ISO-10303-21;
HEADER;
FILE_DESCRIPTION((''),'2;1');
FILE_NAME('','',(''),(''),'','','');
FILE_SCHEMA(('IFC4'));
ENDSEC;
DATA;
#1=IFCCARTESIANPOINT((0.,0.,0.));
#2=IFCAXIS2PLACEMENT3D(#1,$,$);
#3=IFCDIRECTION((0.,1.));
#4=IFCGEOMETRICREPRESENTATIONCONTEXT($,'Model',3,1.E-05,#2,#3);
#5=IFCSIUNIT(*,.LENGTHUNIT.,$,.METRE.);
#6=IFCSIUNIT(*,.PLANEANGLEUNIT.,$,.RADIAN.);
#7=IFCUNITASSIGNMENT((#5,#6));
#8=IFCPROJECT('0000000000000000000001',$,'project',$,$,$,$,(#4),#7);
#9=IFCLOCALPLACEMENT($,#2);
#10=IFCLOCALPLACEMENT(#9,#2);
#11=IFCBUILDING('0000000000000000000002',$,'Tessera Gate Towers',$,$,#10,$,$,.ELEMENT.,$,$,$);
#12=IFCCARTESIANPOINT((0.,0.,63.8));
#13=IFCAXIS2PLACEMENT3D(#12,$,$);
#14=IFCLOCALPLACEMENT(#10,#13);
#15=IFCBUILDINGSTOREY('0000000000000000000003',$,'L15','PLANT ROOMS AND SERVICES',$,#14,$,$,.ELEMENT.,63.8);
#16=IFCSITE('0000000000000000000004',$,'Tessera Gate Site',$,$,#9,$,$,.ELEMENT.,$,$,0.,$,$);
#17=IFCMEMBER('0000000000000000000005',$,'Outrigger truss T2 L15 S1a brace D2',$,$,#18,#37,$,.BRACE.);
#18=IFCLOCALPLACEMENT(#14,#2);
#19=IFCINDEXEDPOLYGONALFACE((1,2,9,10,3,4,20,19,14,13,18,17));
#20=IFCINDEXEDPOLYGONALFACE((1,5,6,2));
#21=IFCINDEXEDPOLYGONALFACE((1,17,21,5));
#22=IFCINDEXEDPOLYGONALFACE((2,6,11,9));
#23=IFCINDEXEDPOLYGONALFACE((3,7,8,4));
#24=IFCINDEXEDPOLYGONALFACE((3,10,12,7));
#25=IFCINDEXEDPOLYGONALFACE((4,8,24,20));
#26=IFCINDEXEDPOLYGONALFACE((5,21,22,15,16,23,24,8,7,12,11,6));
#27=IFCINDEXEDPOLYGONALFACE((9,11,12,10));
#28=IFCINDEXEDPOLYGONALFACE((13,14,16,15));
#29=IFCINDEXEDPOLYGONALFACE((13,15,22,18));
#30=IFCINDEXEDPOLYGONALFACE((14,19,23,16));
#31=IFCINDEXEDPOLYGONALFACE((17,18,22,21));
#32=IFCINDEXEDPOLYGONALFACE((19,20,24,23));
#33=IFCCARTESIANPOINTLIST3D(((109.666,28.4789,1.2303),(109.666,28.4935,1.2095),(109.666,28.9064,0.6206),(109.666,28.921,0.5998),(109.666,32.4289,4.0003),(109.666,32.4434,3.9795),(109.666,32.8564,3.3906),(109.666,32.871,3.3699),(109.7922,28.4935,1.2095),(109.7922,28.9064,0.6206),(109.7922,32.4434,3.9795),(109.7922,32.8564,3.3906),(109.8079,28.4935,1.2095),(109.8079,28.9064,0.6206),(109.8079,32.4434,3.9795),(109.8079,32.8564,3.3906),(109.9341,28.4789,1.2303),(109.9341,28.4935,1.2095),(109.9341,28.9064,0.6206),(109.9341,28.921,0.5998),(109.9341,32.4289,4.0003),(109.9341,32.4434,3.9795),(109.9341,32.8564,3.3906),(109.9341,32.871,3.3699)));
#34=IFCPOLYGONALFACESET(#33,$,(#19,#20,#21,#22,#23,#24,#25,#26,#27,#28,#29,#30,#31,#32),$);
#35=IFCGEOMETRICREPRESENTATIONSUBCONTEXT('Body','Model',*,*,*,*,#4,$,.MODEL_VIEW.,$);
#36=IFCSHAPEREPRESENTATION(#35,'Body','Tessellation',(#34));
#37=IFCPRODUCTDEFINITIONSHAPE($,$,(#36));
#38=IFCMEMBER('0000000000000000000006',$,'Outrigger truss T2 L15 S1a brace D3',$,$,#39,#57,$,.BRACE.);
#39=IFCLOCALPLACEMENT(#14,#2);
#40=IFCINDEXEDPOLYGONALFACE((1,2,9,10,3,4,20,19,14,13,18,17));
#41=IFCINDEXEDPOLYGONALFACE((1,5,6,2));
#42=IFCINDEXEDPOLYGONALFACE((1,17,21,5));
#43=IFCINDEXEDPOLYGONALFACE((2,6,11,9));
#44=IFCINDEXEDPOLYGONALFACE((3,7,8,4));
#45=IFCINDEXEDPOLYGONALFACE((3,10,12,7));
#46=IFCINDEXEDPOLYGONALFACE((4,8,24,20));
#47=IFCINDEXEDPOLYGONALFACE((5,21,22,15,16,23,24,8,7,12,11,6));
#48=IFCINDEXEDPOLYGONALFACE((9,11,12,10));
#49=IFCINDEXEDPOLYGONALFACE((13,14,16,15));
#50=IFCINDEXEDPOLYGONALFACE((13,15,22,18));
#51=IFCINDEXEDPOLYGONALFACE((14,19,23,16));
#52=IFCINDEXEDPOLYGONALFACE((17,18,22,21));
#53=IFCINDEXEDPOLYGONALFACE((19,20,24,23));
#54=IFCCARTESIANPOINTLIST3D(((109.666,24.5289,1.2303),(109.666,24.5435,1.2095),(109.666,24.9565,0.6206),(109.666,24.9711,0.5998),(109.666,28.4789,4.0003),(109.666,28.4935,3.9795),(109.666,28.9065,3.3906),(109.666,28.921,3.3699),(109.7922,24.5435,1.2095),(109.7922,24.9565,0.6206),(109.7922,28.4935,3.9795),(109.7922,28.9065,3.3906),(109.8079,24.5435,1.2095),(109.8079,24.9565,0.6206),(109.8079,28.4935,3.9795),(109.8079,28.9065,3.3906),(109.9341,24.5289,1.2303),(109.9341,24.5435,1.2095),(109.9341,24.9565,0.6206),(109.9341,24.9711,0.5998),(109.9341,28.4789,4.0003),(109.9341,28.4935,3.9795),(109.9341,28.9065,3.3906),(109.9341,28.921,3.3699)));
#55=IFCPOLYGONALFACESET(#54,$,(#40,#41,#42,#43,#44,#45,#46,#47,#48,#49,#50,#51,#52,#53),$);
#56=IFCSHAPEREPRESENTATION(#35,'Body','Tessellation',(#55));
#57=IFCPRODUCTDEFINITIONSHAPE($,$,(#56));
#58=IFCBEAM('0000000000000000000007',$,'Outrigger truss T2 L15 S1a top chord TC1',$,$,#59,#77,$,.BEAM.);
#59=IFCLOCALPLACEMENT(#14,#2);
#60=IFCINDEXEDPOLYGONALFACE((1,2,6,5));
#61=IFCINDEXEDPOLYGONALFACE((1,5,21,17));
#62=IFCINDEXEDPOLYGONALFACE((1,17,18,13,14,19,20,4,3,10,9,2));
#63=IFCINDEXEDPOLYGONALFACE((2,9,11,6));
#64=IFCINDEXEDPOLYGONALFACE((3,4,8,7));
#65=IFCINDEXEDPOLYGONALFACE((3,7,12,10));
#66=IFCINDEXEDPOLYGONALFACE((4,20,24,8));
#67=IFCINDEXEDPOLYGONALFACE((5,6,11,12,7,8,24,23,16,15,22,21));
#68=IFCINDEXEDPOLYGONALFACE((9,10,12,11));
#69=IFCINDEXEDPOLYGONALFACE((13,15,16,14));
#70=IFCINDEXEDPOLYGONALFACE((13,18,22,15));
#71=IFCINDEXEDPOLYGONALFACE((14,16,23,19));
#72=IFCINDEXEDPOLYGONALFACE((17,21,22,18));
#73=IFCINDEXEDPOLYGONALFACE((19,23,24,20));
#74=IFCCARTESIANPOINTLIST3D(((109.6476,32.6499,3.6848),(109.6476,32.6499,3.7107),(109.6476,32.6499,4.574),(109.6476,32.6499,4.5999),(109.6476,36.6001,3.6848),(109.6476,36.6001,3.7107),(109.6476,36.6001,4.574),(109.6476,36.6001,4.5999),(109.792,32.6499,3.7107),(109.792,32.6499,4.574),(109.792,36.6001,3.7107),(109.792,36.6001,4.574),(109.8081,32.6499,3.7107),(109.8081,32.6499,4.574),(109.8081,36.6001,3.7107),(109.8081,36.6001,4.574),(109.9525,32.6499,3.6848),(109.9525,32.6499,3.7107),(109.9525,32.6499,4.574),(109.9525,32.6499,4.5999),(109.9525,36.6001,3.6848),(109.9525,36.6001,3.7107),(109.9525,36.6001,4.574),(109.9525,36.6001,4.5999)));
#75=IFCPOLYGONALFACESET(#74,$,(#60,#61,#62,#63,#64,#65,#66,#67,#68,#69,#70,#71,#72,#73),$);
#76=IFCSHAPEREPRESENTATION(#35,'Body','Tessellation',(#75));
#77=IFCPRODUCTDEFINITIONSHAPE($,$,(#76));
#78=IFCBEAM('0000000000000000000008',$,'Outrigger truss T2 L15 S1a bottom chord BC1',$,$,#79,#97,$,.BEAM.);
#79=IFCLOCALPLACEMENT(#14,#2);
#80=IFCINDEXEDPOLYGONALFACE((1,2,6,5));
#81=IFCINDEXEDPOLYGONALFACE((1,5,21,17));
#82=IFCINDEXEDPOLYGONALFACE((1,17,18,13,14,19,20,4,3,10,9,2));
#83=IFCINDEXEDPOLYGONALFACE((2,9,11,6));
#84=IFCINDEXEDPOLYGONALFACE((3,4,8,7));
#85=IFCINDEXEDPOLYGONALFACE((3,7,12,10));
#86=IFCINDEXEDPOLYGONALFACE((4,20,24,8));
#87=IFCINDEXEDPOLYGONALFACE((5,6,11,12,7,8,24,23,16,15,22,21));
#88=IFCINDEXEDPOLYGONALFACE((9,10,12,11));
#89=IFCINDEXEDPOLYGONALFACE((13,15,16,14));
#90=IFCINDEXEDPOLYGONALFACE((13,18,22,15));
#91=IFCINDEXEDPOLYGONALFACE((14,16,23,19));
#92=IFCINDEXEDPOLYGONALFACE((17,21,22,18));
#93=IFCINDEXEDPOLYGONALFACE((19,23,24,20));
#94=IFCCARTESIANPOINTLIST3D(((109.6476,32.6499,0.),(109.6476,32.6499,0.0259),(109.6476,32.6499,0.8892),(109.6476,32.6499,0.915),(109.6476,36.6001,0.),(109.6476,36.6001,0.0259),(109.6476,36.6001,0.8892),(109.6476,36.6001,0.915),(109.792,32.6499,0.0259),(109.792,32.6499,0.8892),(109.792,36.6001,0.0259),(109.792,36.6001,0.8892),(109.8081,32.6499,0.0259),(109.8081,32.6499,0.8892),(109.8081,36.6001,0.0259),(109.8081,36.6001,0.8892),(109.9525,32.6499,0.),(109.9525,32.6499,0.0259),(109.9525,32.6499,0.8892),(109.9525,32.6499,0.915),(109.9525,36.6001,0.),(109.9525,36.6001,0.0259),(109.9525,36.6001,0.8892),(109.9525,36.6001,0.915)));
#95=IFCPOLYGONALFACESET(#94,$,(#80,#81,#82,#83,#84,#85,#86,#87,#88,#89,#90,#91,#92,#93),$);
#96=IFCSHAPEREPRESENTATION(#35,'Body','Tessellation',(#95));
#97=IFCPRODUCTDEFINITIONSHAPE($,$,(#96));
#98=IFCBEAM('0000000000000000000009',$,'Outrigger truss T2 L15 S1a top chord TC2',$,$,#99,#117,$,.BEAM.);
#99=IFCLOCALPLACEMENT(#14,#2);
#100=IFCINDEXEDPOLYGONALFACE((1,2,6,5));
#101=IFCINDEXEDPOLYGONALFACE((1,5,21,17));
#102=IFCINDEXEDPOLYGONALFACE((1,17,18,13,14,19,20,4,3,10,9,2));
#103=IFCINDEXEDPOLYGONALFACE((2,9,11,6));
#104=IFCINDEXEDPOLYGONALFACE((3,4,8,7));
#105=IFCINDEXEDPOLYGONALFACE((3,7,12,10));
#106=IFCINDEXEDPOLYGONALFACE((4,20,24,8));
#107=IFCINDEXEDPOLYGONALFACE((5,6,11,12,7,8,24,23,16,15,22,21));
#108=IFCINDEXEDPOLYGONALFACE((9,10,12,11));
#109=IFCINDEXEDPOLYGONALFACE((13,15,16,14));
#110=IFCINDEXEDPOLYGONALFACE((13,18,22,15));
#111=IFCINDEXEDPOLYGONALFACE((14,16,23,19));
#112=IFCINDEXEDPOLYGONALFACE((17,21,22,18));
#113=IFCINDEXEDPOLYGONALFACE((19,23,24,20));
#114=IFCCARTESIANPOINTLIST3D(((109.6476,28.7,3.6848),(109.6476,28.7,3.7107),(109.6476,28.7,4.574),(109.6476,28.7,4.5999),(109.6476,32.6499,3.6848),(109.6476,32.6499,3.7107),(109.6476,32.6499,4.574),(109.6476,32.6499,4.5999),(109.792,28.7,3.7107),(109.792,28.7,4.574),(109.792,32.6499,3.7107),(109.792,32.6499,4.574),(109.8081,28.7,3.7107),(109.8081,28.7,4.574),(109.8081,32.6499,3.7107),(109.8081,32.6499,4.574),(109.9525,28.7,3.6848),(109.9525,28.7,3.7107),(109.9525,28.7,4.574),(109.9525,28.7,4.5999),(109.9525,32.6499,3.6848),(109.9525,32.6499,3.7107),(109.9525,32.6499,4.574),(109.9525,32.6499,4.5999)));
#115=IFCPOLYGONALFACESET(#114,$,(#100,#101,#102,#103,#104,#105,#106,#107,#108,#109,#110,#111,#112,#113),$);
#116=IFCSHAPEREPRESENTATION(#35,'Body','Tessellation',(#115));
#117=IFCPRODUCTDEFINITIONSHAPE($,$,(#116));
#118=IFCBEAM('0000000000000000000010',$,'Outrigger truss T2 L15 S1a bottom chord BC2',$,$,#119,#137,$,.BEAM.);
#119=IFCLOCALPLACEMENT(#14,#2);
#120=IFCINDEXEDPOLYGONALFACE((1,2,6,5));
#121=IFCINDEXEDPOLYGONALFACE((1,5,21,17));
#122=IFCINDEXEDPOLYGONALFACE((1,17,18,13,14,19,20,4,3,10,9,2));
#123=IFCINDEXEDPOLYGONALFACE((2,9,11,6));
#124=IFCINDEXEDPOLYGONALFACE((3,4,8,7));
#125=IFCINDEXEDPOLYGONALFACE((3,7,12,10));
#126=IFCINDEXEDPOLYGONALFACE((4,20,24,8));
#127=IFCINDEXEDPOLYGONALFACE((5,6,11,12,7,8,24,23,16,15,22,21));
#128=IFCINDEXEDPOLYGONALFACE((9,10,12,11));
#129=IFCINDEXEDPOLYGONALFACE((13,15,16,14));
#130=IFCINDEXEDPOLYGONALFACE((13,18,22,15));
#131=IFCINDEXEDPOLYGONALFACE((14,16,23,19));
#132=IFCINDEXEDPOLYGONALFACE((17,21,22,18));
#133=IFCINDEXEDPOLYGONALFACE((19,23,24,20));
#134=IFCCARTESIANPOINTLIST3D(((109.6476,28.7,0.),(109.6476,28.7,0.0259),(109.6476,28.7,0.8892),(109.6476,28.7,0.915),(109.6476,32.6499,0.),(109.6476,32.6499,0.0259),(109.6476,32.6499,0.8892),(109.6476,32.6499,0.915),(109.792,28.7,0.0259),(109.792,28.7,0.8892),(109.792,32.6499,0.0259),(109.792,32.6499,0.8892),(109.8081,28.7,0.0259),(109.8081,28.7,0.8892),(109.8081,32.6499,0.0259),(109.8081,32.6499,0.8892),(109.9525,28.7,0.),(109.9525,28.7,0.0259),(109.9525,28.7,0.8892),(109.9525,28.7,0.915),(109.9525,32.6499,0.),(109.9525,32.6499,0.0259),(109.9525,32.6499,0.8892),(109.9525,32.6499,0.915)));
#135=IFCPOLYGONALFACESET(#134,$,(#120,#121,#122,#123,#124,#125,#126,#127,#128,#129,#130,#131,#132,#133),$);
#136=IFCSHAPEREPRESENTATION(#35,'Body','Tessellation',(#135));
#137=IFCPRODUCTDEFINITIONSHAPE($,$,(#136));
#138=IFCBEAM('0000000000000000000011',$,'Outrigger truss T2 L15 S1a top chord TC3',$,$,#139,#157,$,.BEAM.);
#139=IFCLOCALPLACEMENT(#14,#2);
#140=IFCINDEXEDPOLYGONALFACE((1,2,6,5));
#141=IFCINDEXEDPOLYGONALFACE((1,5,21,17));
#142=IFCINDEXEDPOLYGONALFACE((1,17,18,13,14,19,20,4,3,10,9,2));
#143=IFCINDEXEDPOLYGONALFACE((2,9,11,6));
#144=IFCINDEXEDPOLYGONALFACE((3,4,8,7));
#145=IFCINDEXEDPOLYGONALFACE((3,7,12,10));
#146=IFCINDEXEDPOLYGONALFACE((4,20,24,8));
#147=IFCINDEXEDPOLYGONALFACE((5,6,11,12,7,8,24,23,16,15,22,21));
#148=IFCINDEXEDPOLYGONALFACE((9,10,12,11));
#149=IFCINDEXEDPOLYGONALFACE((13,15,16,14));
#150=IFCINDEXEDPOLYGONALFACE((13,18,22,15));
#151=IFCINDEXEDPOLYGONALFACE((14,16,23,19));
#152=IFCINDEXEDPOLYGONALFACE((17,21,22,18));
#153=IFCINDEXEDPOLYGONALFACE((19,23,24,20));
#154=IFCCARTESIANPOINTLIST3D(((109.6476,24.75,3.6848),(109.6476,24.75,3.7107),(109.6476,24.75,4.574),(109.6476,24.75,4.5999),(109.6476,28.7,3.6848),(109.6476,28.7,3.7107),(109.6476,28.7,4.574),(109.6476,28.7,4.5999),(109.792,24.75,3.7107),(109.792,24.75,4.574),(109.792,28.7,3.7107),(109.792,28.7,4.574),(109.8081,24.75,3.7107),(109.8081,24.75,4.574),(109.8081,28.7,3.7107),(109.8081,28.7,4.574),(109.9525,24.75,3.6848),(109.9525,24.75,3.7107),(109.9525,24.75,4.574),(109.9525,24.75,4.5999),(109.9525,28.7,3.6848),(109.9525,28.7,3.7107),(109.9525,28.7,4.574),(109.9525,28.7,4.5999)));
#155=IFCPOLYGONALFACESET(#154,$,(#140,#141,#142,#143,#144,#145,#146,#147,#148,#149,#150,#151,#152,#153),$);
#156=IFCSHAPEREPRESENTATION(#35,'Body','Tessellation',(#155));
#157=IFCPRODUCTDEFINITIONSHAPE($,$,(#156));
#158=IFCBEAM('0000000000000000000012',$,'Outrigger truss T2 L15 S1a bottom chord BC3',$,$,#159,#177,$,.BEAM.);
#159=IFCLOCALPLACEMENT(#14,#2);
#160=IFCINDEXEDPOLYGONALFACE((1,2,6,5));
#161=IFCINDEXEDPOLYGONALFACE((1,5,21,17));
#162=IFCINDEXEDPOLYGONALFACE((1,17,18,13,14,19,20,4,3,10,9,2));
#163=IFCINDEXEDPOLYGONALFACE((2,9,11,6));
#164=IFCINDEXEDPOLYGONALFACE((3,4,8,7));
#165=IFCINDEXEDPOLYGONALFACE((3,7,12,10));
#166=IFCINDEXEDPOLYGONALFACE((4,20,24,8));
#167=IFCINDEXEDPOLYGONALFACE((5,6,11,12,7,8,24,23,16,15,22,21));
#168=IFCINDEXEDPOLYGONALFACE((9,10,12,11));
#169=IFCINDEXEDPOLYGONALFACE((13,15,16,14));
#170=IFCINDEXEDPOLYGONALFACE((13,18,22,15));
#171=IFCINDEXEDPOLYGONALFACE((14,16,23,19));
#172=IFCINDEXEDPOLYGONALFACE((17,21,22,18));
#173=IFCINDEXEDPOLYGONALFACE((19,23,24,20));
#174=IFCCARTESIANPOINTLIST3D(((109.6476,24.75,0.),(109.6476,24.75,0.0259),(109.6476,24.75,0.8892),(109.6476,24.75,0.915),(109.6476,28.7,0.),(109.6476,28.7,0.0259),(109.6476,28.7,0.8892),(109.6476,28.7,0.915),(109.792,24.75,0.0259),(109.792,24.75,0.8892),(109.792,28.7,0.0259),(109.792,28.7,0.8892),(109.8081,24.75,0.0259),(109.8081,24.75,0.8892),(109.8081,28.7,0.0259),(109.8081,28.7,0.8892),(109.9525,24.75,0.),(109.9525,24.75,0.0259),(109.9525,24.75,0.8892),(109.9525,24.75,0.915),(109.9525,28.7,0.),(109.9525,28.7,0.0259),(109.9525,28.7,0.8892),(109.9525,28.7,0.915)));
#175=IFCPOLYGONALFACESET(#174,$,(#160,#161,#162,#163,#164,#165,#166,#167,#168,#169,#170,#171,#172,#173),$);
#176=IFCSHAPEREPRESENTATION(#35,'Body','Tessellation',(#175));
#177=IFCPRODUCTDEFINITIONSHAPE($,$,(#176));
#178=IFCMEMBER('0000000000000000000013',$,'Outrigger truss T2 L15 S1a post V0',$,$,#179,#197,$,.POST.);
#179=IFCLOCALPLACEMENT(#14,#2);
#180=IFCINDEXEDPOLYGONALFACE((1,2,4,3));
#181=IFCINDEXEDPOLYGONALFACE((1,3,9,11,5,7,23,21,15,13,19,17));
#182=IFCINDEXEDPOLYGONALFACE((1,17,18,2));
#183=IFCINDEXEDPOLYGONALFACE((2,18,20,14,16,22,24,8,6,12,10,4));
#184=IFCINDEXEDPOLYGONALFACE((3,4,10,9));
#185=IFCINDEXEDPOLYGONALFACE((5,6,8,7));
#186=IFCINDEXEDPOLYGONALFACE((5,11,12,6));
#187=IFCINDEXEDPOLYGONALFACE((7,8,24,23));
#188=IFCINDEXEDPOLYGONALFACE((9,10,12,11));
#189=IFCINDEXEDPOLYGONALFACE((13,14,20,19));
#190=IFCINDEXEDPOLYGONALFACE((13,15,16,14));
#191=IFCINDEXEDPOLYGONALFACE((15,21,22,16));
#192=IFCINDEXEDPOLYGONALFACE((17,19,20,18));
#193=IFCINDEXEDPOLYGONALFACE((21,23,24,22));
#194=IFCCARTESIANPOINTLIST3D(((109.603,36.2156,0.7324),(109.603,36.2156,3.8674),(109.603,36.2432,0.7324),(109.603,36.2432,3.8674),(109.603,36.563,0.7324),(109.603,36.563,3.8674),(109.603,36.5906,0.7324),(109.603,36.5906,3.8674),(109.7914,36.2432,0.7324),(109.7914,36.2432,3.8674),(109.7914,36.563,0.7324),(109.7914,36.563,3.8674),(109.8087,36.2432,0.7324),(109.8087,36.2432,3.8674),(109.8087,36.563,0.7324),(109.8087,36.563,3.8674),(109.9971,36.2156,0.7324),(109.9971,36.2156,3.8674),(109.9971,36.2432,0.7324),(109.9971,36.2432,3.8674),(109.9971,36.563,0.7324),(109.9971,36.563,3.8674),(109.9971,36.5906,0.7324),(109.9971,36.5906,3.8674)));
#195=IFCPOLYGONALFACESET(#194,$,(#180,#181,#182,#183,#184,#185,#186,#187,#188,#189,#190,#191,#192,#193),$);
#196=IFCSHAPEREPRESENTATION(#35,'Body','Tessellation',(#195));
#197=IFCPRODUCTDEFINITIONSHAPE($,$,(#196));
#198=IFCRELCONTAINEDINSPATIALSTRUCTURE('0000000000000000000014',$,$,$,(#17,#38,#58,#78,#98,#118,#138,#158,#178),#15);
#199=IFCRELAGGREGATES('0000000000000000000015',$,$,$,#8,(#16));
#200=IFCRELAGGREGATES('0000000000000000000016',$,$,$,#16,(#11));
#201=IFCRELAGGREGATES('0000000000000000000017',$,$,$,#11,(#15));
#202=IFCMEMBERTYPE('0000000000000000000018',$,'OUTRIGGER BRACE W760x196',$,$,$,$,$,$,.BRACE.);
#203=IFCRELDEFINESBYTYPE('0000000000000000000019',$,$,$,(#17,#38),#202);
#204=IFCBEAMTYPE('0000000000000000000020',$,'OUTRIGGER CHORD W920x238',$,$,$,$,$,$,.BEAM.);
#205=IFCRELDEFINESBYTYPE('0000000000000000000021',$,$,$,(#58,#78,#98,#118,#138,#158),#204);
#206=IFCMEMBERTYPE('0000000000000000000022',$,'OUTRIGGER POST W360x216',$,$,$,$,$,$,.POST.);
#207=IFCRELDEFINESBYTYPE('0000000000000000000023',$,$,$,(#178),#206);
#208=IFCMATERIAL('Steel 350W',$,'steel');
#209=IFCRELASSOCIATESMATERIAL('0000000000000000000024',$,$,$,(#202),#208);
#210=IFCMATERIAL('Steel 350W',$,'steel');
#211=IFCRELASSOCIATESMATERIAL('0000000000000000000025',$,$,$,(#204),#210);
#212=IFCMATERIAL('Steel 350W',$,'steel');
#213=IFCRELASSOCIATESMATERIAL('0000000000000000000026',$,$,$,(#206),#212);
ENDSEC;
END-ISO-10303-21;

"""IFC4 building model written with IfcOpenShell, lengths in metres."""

from ifc_helpers import new_model, si_unit, direction, frame, origin, origin_2d, place, context, subcontext, project, spatial, i_section, extrude, material, material_profile, profile_set, type_object, element, save


model = new_model("IFC4")

# Units and contexts
model_context = context("Model", 3, precision=1e-05, world=origin(), true_north=direction((0.0, 1.0)))
body_context = subcontext(model_context, "Body", "Model", "MODEL_VIEW")
ifc_project = project(units=[si_unit("LENGTHUNIT", "METRE"), si_unit("PLANEANGLEUNIT", "RADIAN")], contexts=[model_context])

# Site, building, storey
site_placement = place(None, origin())
site = spatial("IfcSite", under=ifc_project, at=site_placement, Name="Tessera Gate Site", CompositionType="ELEMENT", RefElevation=0.0)
building_placement = place(site_placement, origin())
building = spatial("IfcBuilding", under=site, at=building_placement, Name="Tessera Gate Towers", CompositionType="ELEMENT")
storey_placement = place(building_placement, frame((0.0, 0.0, 63.8)))
storey = spatial("IfcBuildingStorey", under=building, at=storey_placement, Name="L15", Description="PLANT ROOMS AND SERVICES", CompositionType="ELEMENT", Elevation=63.8)

# Members
ifc_material_1 = material(Name="Steel 350W", Category="steel")
ifc_material_profile_1 = material_profile(ifc_material_1, i_section(OverallWidth=0.2681, OverallDepth=0.77, WebThickness=0.0156, FlangeThickness=0.0254, at=origin_2d()), Name="W760x196")
ifc_profile_set_1 = profile_set([ifc_material_profile_1], Name="Steel 350W")
member_type_1 = type_object("IfcMemberType", Name="OUTRIGGER BRACE W760x196", PredefinedType="BRACE", material=ifc_profile_set_1)
for number, where, z_axis, x_axis, name in (
    (1, (109.8, 28.7, 0.915), (0.0, 0.818739, 0.574165), (-1.0, 0.0, 0.0), "Outrigger truss T2 L15 S1a brace D2"),
    (2, (109.8, 24.75, 0.915), (0.0, 0.818739, 0.574165), (-1.0, 0.0, 0.0), "Outrigger truss T2 L15 S1a brace D3"),
):
    element("IfcMember", number, at=place(storey_placement, frame(where, z_axis=z_axis, x_axis=x_axis)), inside=storey, type_object=member_type_1, Name=name, PredefinedType="BRACE", context=body_context, shape_type="SweptSolid", body=[
        extrude(i_section(OverallWidth=0.2681, OverallDepth=0.77, WebThickness=0.0156, FlangeThickness=0.0254, at=origin_2d()), origin(), (0.0, 0.0, 1.0), 4.8245),
    ])

# Beams
ifc_material_2 = material(Name="Steel 350W", Category="steel")
ifc_material_profile_2 = material_profile(ifc_material_2, i_section(OverallWidth=0.3049, OverallDepth=0.915, WebThickness=0.0161, FlangeThickness=0.0259, at=origin_2d()), Name="W920x238")
ifc_profile_set_2 = profile_set([ifc_material_profile_2], Name="Steel 350W")
beam_type_1 = type_object("IfcBeamType", Name="OUTRIGGER CHORD W920x238", PredefinedType="BEAM", material=ifc_profile_set_2)
for number, where, z_axis, x_axis, name in (
    (3, (109.8, 36.6001, 4.1423), (0.0, -1.0, 0.0), (1.0, 0.0, 0.0), "Outrigger truss T2 L15 S1a top chord TC1"),
    (4, (109.8, 36.6001, 0.4575), (0.0, -1.0, 0.0), (1.0, 0.0, 0.0), "Outrigger truss T2 L15 S1a bottom chord BC1"),
):
    element("IfcBeam", number, at=place(storey_placement, frame(where, z_axis=z_axis, x_axis=x_axis)), inside=storey, type_object=beam_type_1, Name=name, PredefinedType="BEAM", context=body_context, shape_type="SweptSolid", body=[
        extrude(i_section(OverallWidth=0.3049, OverallDepth=0.915, WebThickness=0.0161, FlangeThickness=0.0259, at=origin_2d()), origin(), (0.0, 0.0, 1.0), 3.9502),
    ])
for number, where, z_axis, x_axis, name in (
    (5, (109.8, 32.6499, 4.1423), (0.0, -1.0, 0.0), (1.0, 0.0, 0.0), "Outrigger truss T2 L15 S1a top chord TC2"),
    (6, (109.8, 32.6499, 0.4575), (0.0, -1.0, 0.0), (1.0, 0.0, 0.0), "Outrigger truss T2 L15 S1a bottom chord BC2"),
    (7, (109.8, 28.7, 4.1423), (0.0, -1.0, 0.0), (1.0, 0.0, 0.0), "Outrigger truss T2 L15 S1a top chord TC3"),
    (8, (109.8, 28.7, 0.4575), (0.0, -1.0, 0.0), (1.0, 0.0, 0.0), "Outrigger truss T2 L15 S1a bottom chord BC3"),
):
    element("IfcBeam", number, at=place(storey_placement, frame(where, z_axis=z_axis, x_axis=x_axis)), inside=storey, type_object=beam_type_1, Name=name, PredefinedType="BEAM", context=body_context, shape_type="SweptSolid", body=[
        extrude(i_section(OverallWidth=0.3049, OverallDepth=0.915, WebThickness=0.0161, FlangeThickness=0.0259, at=origin_2d()), origin(), (0.0, 0.0, 1.0), 3.95),
    ])

# Member
ifc_material_3 = material(Name="Steel 350W", Category="steel")
ifc_material_profile_3 = material_profile(ifc_material_3, i_section(OverallWidth=0.394, OverallDepth=0.375, WebThickness=0.0173, FlangeThickness=0.0276, at=origin_2d()), Name="W360x216")
ifc_profile_set_3 = profile_set([ifc_material_profile_3], Name="Steel 350W")
member_type_2 = type_object("IfcMemberType", Name="OUTRIGGER POST W360x216", PredefinedType="POST", material=ifc_profile_set_3)
for number, where, z_axis, x_axis, name in (
    (9, (109.8, 36.4031, 0.7324), (0.0, 0.0, 1.0), (1.0, 0.0, 0.0), "Outrigger truss T2 L15 S1a post V0"),
):
    element("IfcMember", number, at=place(storey_placement, frame(where, z_axis=z_axis, x_axis=x_axis)), inside=storey, type_object=member_type_2, Name=name, PredefinedType="POST", context=body_context, shape_type="SweptSolid", body=[
        extrude(i_section(OverallWidth=0.394, OverallDepth=0.375, WebThickness=0.0173, FlangeThickness=0.0276, at=origin_2d()), origin(), (0.0, 0.0, 1.0), 3.135),
    ])

save(model, "model.ifc")
